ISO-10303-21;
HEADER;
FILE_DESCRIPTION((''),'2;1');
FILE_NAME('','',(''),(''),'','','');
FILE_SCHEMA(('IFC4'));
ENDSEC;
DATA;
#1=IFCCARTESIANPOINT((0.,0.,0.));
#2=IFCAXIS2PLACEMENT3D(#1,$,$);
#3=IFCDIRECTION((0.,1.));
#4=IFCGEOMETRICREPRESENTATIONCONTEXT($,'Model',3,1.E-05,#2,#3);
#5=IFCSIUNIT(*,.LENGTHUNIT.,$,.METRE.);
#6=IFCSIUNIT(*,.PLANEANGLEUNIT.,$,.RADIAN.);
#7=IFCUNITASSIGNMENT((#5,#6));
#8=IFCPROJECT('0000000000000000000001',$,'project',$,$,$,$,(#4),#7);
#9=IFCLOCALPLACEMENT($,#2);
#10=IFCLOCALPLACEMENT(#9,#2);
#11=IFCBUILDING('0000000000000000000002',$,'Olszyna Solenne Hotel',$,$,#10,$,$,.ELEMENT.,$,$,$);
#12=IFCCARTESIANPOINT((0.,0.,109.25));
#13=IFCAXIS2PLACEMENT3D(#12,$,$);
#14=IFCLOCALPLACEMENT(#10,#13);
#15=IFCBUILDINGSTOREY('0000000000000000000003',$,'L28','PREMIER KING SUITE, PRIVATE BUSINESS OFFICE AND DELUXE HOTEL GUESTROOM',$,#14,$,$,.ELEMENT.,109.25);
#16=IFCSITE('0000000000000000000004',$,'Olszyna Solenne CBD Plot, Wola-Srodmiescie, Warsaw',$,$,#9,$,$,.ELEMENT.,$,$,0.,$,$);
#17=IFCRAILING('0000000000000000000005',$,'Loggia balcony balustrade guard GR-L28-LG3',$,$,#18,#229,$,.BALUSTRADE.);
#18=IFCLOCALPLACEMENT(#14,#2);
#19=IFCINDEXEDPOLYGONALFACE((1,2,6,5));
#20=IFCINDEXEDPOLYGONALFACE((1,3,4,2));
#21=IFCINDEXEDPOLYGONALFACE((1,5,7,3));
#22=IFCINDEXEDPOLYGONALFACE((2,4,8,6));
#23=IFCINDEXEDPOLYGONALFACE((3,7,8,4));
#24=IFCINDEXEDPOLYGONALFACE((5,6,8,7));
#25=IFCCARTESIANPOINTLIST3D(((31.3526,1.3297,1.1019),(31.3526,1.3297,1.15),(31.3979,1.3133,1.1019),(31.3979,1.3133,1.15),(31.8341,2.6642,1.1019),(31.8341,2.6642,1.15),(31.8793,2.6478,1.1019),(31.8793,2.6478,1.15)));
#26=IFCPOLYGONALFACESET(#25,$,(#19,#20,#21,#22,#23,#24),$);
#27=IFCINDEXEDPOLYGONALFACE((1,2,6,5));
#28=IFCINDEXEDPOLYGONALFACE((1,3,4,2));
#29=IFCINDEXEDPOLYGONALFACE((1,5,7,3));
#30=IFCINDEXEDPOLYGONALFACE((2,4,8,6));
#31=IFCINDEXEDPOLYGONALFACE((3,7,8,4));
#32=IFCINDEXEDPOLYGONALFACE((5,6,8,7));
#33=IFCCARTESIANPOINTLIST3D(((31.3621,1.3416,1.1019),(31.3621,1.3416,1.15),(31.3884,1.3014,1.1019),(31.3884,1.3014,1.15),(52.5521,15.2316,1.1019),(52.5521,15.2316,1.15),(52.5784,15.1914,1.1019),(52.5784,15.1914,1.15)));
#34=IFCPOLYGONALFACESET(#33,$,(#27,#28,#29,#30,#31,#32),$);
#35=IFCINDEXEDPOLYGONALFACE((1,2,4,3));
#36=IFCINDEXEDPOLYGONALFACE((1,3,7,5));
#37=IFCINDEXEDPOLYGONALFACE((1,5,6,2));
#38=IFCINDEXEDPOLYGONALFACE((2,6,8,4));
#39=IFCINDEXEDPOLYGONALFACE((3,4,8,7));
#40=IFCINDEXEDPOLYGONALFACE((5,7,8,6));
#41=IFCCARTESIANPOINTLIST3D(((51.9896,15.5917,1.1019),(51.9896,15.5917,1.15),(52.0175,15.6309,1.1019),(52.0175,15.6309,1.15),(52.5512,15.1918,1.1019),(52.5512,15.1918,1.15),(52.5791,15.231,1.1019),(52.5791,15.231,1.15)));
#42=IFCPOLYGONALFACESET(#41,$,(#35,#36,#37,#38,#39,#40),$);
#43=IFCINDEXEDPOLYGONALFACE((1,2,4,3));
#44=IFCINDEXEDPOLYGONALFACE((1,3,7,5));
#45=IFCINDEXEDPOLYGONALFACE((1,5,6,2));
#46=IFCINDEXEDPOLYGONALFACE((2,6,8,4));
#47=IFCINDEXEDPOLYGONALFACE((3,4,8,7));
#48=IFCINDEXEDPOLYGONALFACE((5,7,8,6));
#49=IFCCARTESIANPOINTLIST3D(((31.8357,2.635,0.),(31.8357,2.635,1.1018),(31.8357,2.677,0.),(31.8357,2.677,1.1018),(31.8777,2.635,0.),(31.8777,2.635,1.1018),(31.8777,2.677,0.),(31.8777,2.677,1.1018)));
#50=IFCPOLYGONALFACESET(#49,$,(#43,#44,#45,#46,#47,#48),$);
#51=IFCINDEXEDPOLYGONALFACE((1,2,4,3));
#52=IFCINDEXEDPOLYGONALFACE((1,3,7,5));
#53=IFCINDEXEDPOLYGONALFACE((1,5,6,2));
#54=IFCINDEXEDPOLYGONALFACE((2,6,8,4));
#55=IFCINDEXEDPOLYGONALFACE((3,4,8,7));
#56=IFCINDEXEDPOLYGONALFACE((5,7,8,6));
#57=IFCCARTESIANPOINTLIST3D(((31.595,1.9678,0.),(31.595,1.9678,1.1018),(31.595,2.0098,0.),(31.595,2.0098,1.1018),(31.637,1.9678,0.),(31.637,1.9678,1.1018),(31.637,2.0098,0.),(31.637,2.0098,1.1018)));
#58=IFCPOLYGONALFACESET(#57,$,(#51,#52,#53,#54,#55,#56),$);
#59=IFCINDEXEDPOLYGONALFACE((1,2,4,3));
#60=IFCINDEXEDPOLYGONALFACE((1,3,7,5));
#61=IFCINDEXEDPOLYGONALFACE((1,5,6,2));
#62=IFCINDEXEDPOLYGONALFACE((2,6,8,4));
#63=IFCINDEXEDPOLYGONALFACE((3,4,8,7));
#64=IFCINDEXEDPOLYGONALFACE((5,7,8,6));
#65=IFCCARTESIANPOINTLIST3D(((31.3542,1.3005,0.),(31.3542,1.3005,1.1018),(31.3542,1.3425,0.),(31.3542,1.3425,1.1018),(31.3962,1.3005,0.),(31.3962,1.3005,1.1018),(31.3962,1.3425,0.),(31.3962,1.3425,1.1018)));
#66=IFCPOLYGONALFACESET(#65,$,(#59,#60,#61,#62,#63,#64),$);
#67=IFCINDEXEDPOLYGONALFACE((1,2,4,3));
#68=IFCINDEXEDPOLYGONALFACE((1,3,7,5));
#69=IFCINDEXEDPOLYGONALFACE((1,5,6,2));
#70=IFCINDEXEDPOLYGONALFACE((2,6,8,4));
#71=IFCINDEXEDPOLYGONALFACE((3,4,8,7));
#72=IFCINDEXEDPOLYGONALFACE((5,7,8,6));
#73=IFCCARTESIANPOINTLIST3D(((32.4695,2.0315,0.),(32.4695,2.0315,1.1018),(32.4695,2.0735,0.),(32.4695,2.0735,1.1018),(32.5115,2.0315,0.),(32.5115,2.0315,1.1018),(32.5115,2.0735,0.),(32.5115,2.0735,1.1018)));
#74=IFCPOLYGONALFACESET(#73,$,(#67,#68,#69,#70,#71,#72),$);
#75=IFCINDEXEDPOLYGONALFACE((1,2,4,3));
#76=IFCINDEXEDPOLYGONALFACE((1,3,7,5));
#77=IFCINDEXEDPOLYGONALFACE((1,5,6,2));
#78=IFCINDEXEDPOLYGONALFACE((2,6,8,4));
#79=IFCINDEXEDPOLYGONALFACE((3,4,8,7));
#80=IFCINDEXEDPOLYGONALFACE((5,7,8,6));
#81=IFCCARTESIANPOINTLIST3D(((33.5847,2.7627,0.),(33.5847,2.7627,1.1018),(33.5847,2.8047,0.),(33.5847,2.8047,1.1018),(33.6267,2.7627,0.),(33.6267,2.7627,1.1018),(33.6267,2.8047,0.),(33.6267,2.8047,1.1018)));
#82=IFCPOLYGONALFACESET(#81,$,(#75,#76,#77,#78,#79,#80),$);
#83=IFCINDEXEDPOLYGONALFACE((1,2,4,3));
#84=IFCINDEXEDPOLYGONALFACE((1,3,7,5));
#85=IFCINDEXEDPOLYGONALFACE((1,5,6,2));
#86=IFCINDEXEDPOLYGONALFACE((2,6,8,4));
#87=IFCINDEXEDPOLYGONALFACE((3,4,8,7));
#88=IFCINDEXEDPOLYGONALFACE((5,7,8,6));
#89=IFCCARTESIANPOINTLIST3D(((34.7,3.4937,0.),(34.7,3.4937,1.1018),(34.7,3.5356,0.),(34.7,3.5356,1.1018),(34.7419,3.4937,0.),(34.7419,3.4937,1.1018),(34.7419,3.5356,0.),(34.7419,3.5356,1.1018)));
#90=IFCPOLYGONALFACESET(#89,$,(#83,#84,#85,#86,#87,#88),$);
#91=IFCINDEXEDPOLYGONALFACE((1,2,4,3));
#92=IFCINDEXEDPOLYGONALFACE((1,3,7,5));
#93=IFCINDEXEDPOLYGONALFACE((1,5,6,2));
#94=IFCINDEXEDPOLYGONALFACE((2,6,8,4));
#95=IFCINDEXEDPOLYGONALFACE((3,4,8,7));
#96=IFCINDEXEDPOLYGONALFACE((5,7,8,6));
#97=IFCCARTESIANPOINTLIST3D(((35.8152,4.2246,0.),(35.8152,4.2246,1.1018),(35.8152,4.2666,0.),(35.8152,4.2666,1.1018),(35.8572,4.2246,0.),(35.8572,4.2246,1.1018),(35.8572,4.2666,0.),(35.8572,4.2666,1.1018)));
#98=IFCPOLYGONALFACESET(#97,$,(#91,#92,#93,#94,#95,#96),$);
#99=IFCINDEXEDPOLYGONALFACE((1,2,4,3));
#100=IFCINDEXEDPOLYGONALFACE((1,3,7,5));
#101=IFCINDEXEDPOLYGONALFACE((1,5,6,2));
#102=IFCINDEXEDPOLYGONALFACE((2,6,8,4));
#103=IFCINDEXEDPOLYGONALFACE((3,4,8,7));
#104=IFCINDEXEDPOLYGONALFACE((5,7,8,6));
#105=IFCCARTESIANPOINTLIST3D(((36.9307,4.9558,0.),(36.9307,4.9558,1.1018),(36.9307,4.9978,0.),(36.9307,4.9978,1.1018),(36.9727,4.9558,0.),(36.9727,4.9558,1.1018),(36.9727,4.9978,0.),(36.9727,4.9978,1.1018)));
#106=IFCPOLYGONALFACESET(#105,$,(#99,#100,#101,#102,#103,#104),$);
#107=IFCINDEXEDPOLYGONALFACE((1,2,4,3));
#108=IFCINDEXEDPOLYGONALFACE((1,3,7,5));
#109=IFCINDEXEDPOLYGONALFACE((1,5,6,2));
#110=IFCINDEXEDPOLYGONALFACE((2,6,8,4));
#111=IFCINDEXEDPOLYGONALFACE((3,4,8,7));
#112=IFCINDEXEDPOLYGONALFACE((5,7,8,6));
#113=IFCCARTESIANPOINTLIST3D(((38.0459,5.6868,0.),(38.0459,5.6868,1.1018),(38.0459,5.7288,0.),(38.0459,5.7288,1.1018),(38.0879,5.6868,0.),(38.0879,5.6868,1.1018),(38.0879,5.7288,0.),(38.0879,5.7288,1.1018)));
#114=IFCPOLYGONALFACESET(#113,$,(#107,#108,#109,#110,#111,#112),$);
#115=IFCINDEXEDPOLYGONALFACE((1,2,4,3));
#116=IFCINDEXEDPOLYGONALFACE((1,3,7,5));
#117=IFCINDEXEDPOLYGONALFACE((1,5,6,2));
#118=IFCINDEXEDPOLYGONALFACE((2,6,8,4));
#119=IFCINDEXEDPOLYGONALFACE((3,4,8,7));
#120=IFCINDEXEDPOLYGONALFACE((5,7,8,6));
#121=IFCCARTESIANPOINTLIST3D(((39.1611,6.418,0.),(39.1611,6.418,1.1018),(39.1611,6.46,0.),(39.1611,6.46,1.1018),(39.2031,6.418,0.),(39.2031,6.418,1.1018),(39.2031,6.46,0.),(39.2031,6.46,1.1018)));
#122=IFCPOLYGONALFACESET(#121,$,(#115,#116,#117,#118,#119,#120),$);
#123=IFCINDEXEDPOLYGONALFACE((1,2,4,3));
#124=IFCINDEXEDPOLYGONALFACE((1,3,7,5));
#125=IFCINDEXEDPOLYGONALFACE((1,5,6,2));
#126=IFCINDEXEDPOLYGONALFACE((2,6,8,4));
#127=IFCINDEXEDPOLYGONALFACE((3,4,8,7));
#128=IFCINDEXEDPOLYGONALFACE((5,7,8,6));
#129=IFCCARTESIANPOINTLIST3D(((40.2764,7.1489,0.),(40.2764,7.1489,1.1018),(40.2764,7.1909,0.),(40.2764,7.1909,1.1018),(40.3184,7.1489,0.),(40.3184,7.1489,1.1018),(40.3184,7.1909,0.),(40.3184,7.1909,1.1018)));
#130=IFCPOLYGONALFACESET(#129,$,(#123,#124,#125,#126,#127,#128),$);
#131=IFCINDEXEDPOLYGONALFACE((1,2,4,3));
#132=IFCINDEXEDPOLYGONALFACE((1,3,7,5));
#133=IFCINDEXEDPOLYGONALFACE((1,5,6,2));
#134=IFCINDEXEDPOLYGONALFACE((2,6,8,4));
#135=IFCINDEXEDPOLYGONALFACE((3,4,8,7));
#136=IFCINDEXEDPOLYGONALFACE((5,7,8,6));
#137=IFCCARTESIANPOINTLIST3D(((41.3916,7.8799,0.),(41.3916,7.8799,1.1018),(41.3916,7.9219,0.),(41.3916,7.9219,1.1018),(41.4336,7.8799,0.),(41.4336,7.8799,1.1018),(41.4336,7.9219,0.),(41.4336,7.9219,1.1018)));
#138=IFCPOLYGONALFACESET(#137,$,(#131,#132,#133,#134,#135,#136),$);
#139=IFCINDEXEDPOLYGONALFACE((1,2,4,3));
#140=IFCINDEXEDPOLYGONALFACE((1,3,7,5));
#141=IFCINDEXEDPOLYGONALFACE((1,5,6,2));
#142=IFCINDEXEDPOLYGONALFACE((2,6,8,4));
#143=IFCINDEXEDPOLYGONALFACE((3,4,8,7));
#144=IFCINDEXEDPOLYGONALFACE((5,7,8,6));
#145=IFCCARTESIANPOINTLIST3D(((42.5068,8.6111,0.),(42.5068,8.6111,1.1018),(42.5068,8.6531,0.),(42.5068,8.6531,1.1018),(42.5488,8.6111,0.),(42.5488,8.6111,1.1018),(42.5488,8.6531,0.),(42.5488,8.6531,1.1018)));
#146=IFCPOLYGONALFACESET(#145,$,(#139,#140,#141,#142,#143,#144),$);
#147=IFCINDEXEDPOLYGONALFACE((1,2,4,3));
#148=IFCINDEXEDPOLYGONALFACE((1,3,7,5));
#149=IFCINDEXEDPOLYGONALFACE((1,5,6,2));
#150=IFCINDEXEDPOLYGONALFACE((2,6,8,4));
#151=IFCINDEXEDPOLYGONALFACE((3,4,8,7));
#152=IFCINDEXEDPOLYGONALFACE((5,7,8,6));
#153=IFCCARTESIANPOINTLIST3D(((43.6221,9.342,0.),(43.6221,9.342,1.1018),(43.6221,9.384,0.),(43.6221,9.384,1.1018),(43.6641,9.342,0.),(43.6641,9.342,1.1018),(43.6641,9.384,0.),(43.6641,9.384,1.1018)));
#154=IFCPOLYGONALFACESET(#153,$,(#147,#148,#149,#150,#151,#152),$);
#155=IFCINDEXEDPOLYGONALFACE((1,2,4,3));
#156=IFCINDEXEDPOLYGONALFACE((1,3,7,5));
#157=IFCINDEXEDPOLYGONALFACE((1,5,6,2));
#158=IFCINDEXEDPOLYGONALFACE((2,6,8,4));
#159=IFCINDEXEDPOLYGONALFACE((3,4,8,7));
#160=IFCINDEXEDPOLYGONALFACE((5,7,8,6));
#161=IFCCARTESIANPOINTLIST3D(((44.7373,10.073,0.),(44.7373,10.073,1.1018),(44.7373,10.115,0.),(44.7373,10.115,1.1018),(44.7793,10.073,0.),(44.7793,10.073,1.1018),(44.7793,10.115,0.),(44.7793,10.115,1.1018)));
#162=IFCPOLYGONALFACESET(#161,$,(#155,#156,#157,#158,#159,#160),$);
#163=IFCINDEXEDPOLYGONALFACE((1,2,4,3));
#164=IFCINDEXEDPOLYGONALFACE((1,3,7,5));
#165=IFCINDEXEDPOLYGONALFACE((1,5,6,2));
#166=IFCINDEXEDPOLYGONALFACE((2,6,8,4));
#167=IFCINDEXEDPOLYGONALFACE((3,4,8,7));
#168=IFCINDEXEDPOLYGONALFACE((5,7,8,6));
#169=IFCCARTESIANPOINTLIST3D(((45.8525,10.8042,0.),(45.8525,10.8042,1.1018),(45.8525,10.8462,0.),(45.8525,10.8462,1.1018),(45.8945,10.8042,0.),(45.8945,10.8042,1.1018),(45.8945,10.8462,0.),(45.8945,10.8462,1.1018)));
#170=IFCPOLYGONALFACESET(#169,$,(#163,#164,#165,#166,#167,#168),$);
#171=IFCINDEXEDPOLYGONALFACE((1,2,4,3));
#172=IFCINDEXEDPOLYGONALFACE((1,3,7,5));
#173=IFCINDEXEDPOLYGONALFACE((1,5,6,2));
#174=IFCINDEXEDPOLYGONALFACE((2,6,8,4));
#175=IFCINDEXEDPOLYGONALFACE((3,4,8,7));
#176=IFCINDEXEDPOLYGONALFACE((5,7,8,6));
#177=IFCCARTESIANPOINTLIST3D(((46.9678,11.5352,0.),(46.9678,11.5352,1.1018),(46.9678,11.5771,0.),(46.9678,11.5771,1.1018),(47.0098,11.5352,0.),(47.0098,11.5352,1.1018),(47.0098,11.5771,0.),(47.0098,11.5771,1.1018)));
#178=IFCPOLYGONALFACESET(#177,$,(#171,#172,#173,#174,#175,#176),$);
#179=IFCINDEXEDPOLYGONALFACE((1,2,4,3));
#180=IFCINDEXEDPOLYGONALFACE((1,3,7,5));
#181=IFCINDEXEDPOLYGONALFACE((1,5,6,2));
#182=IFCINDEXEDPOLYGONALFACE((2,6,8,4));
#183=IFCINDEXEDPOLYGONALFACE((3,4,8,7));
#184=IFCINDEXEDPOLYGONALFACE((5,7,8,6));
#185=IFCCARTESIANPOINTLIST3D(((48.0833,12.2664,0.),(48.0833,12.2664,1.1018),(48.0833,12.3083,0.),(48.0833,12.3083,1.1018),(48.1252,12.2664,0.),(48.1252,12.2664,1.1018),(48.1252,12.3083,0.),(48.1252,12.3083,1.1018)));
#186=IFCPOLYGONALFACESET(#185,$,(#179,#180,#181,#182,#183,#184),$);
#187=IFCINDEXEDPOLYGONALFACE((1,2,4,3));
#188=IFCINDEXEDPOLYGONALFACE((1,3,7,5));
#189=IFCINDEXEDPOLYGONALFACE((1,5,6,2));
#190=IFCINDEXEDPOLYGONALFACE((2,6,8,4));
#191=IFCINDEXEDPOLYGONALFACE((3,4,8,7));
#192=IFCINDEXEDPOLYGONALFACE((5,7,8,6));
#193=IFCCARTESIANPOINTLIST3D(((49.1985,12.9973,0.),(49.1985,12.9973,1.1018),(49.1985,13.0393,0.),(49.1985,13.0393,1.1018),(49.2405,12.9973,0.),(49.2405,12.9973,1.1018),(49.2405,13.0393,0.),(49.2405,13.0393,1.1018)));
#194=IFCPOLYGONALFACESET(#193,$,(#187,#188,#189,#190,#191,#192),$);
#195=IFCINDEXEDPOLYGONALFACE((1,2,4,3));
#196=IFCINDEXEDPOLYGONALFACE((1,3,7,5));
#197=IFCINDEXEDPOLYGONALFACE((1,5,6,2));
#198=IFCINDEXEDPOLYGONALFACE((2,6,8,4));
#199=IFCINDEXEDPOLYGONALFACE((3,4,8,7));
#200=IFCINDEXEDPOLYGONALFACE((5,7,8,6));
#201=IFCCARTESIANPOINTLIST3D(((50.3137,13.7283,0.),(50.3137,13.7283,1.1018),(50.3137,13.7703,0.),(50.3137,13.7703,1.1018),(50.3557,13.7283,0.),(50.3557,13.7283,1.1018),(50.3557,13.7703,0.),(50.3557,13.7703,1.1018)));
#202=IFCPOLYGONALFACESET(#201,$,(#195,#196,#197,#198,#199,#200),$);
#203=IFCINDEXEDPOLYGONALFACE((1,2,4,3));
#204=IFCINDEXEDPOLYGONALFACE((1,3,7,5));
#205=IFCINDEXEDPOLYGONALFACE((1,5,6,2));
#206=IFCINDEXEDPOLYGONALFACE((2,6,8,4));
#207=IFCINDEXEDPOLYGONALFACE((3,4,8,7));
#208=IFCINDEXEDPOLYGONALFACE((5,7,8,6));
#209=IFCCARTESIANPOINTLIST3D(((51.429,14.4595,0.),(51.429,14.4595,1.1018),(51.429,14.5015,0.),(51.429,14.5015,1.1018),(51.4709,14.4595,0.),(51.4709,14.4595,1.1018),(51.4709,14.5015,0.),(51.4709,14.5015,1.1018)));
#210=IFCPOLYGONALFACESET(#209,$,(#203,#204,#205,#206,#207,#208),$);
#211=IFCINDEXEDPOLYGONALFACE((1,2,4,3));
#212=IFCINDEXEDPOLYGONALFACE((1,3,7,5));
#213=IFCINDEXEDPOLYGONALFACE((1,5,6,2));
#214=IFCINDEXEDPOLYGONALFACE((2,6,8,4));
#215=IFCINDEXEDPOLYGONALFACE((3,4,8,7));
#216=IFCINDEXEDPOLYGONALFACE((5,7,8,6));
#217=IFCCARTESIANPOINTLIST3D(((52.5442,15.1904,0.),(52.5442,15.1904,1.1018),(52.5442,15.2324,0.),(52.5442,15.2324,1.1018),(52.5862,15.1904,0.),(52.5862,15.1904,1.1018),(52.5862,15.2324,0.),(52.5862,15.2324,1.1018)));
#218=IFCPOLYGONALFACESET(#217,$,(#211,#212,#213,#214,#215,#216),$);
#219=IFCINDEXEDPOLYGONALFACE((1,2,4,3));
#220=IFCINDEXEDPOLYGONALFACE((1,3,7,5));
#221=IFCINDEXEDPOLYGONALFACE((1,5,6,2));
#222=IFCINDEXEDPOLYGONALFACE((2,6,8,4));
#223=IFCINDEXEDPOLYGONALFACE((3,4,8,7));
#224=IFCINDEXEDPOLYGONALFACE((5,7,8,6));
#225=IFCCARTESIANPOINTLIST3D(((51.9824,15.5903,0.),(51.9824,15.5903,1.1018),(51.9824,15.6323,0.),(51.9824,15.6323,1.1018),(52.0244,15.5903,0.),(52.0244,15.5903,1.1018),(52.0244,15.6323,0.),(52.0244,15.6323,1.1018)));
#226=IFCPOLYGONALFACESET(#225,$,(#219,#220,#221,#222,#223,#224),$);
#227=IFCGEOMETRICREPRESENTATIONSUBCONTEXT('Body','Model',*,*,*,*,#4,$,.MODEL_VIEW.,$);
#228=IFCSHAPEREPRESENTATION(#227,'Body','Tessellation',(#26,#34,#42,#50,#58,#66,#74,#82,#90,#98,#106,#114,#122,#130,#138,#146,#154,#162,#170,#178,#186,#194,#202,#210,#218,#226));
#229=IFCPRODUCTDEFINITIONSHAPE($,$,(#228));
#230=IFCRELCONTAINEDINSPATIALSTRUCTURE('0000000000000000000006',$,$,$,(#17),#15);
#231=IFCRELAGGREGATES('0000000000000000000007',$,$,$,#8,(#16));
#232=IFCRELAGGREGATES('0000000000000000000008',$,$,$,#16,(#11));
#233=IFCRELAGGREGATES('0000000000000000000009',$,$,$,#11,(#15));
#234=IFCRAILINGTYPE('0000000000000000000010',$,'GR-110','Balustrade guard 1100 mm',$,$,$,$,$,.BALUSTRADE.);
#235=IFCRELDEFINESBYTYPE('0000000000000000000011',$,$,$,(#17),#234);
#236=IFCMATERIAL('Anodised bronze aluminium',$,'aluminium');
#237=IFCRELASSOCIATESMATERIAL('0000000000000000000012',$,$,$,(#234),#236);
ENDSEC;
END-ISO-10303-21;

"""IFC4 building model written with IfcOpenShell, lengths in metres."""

from ifc_helpers import new_model, si_unit, direction, frame, origin, origin_2d, place, context, subcontext, project, spatial, rectangle, extrude, material, type_object, element, save


model = new_model("IFC4")

# Units and contexts
model_context = context("Model", 3, precision=1e-05, world=origin(), true_north=direction((0.0, 1.0)))
body_context = subcontext(model_context, "Body", "Model", "MODEL_VIEW")
ifc_project = project(units=[si_unit("LENGTHUNIT", "METRE"), si_unit("PLANEANGLEUNIT", "RADIAN")], contexts=[model_context])

# Site, building, storey
site_placement = place(None, origin())
site = spatial("IfcSite", under=ifc_project, at=site_placement, Name="Olszyna Solenne CBD Plot, Wola-Srodmiescie, Warsaw", CompositionType="ELEMENT", RefElevation=0.0)
building_placement = place(site_placement, origin())
building = spatial("IfcBuilding", under=site, at=building_placement, Name="Olszyna Solenne Hotel", CompositionType="ELEMENT")
storey_placement = place(building_placement, frame((0.0, 0.0, 109.25)))
storey = spatial("IfcBuildingStorey", under=building, at=storey_placement, Name="L28", Description="PREMIER KING SUITE, PRIVATE BUSINESS OFFICE AND DELUXE HOTEL GUESTROOM", CompositionType="ELEMENT", Elevation=109.25)

# Shared definitions
ifc_material_1 = material(Name="Anodised bronze aluminium", Category="aluminium")

# Railing
railing_type = type_object("IfcRailingType", Name="GR-110", Description="Balustrade guard 1100 mm", PredefinedType="BALUSTRADE", material=ifc_material_1)
railing_placement = place(storey_placement, frame((31.8567, 2.656, 0.0)))
element("IfcRailing", 1, at=railing_placement, inside=storey, type_object=railing_type, Name="Loggia balcony balustrade guard GR-L28-LG3", PredefinedType="BALUSTRADE", context=body_context, shape_type="SweptSolid", body=[
    extrude(rectangle(XDim=0.0481, YDim=0.0481, at=origin_2d()), frame((0.0, 0.0, 1.126), z_axis=(-0.339365, -0.940655, 0.0), x_axis=(0.940655, -0.339365, 0.0)), (0.0, 0.0, 1.0), 1.4187),
    extrude(rectangle(XDim=0.0481, YDim=0.0481, at=origin_2d()), frame((-0.4814, -1.3345, 1.126), z_axis=(0.836338, 0.548215, 0.0), x_axis=(-0.548215, 0.836338, 0.0)), (0.0, 0.0, 1.0), 25.3367),
    extrude(rectangle(XDim=0.0481, YDim=0.0481, at=origin_2d()), frame((20.7085, 12.5554, 1.126), z_axis=(-0.814665, 0.579931, 0.0), x_axis=(-0.579931, -0.814665, 0.0)), (0.0, 0.0, 1.0), 0.6895),
    extrude(rectangle(XDim=0.042, YDim=0.042, at=origin_2d()), origin(), (0.0, 0.0, 1.0), 1.1018),
    extrude(rectangle(XDim=0.042, YDim=0.042, at=origin_2d()), frame((-0.2407, -0.6672, 0.0)), (0.0, 0.0, 1.0), 1.1018),
    extrude(rectangle(XDim=0.042, YDim=0.042, at=origin_2d()), frame((-0.4814, -1.3345, 0.0)), (0.0, 0.0, 1.0), 1.1018),
    extrude(rectangle(XDim=0.042, YDim=0.042, at=origin_2d()), frame((0.6338, -0.6035, 0.0)), (0.0, 0.0, 1.0), 1.1018),
    extrude(rectangle(XDim=0.042, YDim=0.042, at=origin_2d()), frame((1.749, 0.1277, 0.0)), (0.0, 0.0, 1.0), 1.1018),
    extrude(rectangle(XDim=0.042, YDim=0.042, at=origin_2d()), frame((2.8643, 0.8586, 0.0)), (0.0, 0.0, 1.0), 1.1018),
    extrude(rectangle(XDim=0.042, YDim=0.042, at=origin_2d()), frame((3.9795, 1.5896, 0.0)), (0.0, 0.0, 1.0), 1.1018),
    extrude(rectangle(XDim=0.042, YDim=0.042, at=origin_2d()), frame((5.095, 2.3208, 0.0)), (0.0, 0.0, 1.0), 1.1018),
    extrude(rectangle(XDim=0.042, YDim=0.042, at=origin_2d()), frame((6.2102, 3.0518, 0.0)), (0.0, 0.0, 1.0), 1.1018),
    extrude(rectangle(XDim=0.042, YDim=0.042, at=origin_2d()), frame((7.3254, 3.783, 0.0)), (0.0, 0.0, 1.0), 1.1018),
    extrude(rectangle(XDim=0.042, YDim=0.042, at=origin_2d()), frame((8.4407, 4.5139, 0.0)), (0.0, 0.0, 1.0), 1.1018),
    extrude(rectangle(XDim=0.042, YDim=0.042, at=origin_2d()), frame((9.5559, 5.2449, 0.0)), (0.0, 0.0, 1.0), 1.1018),
    extrude(rectangle(XDim=0.042, YDim=0.042, at=origin_2d()), frame((10.6711, 5.9761, 0.0)), (0.0, 0.0, 1.0), 1.1018),
    extrude(rectangle(XDim=0.042, YDim=0.042, at=origin_2d()), frame((11.7864, 6.707, 0.0)), (0.0, 0.0, 1.0), 1.1018),
    extrude(rectangle(XDim=0.042, YDim=0.042, at=origin_2d()), frame((12.9016, 7.438, 0.0)), (0.0, 0.0, 1.0), 1.1018),
    extrude(rectangle(XDim=0.042, YDim=0.042, at=origin_2d()), frame((14.0168, 8.1692, 0.0)), (0.0, 0.0, 1.0), 1.1018),
    extrude(rectangle(XDim=0.042, YDim=0.042, at=origin_2d()), frame((15.1321, 8.9001, 0.0)), (0.0, 0.0, 1.0), 1.1018),
    extrude(rectangle(XDim=0.042, YDim=0.042, at=origin_2d()), frame((16.2476, 9.6313, 0.0)), (0.0, 0.0, 1.0), 1.1018),
    extrude(rectangle(XDim=0.042, YDim=0.042, at=origin_2d()), frame((17.3628, 10.3623, 0.0)), (0.0, 0.0, 1.0), 1.1018),
    extrude(rectangle(XDim=0.042, YDim=0.042, at=origin_2d()), frame((18.478, 11.0933, 0.0)), (0.0, 0.0, 1.0), 1.1018),
    extrude(rectangle(XDim=0.042, YDim=0.042, at=origin_2d()), frame((19.5933, 11.8245, 0.0)), (0.0, 0.0, 1.0), 1.1018),
    extrude(rectangle(XDim=0.042, YDim=0.042, at=origin_2d()), frame((20.7085, 12.5554, 0.0)), (0.0, 0.0, 1.0), 1.1018),
    extrude(rectangle(XDim=0.042, YDim=0.042, at=origin_2d()), frame((20.1467, 12.9553, 0.0)), (0.0, 0.0, 1.0), 1.1018),
])

save(model, "model.ifc")
